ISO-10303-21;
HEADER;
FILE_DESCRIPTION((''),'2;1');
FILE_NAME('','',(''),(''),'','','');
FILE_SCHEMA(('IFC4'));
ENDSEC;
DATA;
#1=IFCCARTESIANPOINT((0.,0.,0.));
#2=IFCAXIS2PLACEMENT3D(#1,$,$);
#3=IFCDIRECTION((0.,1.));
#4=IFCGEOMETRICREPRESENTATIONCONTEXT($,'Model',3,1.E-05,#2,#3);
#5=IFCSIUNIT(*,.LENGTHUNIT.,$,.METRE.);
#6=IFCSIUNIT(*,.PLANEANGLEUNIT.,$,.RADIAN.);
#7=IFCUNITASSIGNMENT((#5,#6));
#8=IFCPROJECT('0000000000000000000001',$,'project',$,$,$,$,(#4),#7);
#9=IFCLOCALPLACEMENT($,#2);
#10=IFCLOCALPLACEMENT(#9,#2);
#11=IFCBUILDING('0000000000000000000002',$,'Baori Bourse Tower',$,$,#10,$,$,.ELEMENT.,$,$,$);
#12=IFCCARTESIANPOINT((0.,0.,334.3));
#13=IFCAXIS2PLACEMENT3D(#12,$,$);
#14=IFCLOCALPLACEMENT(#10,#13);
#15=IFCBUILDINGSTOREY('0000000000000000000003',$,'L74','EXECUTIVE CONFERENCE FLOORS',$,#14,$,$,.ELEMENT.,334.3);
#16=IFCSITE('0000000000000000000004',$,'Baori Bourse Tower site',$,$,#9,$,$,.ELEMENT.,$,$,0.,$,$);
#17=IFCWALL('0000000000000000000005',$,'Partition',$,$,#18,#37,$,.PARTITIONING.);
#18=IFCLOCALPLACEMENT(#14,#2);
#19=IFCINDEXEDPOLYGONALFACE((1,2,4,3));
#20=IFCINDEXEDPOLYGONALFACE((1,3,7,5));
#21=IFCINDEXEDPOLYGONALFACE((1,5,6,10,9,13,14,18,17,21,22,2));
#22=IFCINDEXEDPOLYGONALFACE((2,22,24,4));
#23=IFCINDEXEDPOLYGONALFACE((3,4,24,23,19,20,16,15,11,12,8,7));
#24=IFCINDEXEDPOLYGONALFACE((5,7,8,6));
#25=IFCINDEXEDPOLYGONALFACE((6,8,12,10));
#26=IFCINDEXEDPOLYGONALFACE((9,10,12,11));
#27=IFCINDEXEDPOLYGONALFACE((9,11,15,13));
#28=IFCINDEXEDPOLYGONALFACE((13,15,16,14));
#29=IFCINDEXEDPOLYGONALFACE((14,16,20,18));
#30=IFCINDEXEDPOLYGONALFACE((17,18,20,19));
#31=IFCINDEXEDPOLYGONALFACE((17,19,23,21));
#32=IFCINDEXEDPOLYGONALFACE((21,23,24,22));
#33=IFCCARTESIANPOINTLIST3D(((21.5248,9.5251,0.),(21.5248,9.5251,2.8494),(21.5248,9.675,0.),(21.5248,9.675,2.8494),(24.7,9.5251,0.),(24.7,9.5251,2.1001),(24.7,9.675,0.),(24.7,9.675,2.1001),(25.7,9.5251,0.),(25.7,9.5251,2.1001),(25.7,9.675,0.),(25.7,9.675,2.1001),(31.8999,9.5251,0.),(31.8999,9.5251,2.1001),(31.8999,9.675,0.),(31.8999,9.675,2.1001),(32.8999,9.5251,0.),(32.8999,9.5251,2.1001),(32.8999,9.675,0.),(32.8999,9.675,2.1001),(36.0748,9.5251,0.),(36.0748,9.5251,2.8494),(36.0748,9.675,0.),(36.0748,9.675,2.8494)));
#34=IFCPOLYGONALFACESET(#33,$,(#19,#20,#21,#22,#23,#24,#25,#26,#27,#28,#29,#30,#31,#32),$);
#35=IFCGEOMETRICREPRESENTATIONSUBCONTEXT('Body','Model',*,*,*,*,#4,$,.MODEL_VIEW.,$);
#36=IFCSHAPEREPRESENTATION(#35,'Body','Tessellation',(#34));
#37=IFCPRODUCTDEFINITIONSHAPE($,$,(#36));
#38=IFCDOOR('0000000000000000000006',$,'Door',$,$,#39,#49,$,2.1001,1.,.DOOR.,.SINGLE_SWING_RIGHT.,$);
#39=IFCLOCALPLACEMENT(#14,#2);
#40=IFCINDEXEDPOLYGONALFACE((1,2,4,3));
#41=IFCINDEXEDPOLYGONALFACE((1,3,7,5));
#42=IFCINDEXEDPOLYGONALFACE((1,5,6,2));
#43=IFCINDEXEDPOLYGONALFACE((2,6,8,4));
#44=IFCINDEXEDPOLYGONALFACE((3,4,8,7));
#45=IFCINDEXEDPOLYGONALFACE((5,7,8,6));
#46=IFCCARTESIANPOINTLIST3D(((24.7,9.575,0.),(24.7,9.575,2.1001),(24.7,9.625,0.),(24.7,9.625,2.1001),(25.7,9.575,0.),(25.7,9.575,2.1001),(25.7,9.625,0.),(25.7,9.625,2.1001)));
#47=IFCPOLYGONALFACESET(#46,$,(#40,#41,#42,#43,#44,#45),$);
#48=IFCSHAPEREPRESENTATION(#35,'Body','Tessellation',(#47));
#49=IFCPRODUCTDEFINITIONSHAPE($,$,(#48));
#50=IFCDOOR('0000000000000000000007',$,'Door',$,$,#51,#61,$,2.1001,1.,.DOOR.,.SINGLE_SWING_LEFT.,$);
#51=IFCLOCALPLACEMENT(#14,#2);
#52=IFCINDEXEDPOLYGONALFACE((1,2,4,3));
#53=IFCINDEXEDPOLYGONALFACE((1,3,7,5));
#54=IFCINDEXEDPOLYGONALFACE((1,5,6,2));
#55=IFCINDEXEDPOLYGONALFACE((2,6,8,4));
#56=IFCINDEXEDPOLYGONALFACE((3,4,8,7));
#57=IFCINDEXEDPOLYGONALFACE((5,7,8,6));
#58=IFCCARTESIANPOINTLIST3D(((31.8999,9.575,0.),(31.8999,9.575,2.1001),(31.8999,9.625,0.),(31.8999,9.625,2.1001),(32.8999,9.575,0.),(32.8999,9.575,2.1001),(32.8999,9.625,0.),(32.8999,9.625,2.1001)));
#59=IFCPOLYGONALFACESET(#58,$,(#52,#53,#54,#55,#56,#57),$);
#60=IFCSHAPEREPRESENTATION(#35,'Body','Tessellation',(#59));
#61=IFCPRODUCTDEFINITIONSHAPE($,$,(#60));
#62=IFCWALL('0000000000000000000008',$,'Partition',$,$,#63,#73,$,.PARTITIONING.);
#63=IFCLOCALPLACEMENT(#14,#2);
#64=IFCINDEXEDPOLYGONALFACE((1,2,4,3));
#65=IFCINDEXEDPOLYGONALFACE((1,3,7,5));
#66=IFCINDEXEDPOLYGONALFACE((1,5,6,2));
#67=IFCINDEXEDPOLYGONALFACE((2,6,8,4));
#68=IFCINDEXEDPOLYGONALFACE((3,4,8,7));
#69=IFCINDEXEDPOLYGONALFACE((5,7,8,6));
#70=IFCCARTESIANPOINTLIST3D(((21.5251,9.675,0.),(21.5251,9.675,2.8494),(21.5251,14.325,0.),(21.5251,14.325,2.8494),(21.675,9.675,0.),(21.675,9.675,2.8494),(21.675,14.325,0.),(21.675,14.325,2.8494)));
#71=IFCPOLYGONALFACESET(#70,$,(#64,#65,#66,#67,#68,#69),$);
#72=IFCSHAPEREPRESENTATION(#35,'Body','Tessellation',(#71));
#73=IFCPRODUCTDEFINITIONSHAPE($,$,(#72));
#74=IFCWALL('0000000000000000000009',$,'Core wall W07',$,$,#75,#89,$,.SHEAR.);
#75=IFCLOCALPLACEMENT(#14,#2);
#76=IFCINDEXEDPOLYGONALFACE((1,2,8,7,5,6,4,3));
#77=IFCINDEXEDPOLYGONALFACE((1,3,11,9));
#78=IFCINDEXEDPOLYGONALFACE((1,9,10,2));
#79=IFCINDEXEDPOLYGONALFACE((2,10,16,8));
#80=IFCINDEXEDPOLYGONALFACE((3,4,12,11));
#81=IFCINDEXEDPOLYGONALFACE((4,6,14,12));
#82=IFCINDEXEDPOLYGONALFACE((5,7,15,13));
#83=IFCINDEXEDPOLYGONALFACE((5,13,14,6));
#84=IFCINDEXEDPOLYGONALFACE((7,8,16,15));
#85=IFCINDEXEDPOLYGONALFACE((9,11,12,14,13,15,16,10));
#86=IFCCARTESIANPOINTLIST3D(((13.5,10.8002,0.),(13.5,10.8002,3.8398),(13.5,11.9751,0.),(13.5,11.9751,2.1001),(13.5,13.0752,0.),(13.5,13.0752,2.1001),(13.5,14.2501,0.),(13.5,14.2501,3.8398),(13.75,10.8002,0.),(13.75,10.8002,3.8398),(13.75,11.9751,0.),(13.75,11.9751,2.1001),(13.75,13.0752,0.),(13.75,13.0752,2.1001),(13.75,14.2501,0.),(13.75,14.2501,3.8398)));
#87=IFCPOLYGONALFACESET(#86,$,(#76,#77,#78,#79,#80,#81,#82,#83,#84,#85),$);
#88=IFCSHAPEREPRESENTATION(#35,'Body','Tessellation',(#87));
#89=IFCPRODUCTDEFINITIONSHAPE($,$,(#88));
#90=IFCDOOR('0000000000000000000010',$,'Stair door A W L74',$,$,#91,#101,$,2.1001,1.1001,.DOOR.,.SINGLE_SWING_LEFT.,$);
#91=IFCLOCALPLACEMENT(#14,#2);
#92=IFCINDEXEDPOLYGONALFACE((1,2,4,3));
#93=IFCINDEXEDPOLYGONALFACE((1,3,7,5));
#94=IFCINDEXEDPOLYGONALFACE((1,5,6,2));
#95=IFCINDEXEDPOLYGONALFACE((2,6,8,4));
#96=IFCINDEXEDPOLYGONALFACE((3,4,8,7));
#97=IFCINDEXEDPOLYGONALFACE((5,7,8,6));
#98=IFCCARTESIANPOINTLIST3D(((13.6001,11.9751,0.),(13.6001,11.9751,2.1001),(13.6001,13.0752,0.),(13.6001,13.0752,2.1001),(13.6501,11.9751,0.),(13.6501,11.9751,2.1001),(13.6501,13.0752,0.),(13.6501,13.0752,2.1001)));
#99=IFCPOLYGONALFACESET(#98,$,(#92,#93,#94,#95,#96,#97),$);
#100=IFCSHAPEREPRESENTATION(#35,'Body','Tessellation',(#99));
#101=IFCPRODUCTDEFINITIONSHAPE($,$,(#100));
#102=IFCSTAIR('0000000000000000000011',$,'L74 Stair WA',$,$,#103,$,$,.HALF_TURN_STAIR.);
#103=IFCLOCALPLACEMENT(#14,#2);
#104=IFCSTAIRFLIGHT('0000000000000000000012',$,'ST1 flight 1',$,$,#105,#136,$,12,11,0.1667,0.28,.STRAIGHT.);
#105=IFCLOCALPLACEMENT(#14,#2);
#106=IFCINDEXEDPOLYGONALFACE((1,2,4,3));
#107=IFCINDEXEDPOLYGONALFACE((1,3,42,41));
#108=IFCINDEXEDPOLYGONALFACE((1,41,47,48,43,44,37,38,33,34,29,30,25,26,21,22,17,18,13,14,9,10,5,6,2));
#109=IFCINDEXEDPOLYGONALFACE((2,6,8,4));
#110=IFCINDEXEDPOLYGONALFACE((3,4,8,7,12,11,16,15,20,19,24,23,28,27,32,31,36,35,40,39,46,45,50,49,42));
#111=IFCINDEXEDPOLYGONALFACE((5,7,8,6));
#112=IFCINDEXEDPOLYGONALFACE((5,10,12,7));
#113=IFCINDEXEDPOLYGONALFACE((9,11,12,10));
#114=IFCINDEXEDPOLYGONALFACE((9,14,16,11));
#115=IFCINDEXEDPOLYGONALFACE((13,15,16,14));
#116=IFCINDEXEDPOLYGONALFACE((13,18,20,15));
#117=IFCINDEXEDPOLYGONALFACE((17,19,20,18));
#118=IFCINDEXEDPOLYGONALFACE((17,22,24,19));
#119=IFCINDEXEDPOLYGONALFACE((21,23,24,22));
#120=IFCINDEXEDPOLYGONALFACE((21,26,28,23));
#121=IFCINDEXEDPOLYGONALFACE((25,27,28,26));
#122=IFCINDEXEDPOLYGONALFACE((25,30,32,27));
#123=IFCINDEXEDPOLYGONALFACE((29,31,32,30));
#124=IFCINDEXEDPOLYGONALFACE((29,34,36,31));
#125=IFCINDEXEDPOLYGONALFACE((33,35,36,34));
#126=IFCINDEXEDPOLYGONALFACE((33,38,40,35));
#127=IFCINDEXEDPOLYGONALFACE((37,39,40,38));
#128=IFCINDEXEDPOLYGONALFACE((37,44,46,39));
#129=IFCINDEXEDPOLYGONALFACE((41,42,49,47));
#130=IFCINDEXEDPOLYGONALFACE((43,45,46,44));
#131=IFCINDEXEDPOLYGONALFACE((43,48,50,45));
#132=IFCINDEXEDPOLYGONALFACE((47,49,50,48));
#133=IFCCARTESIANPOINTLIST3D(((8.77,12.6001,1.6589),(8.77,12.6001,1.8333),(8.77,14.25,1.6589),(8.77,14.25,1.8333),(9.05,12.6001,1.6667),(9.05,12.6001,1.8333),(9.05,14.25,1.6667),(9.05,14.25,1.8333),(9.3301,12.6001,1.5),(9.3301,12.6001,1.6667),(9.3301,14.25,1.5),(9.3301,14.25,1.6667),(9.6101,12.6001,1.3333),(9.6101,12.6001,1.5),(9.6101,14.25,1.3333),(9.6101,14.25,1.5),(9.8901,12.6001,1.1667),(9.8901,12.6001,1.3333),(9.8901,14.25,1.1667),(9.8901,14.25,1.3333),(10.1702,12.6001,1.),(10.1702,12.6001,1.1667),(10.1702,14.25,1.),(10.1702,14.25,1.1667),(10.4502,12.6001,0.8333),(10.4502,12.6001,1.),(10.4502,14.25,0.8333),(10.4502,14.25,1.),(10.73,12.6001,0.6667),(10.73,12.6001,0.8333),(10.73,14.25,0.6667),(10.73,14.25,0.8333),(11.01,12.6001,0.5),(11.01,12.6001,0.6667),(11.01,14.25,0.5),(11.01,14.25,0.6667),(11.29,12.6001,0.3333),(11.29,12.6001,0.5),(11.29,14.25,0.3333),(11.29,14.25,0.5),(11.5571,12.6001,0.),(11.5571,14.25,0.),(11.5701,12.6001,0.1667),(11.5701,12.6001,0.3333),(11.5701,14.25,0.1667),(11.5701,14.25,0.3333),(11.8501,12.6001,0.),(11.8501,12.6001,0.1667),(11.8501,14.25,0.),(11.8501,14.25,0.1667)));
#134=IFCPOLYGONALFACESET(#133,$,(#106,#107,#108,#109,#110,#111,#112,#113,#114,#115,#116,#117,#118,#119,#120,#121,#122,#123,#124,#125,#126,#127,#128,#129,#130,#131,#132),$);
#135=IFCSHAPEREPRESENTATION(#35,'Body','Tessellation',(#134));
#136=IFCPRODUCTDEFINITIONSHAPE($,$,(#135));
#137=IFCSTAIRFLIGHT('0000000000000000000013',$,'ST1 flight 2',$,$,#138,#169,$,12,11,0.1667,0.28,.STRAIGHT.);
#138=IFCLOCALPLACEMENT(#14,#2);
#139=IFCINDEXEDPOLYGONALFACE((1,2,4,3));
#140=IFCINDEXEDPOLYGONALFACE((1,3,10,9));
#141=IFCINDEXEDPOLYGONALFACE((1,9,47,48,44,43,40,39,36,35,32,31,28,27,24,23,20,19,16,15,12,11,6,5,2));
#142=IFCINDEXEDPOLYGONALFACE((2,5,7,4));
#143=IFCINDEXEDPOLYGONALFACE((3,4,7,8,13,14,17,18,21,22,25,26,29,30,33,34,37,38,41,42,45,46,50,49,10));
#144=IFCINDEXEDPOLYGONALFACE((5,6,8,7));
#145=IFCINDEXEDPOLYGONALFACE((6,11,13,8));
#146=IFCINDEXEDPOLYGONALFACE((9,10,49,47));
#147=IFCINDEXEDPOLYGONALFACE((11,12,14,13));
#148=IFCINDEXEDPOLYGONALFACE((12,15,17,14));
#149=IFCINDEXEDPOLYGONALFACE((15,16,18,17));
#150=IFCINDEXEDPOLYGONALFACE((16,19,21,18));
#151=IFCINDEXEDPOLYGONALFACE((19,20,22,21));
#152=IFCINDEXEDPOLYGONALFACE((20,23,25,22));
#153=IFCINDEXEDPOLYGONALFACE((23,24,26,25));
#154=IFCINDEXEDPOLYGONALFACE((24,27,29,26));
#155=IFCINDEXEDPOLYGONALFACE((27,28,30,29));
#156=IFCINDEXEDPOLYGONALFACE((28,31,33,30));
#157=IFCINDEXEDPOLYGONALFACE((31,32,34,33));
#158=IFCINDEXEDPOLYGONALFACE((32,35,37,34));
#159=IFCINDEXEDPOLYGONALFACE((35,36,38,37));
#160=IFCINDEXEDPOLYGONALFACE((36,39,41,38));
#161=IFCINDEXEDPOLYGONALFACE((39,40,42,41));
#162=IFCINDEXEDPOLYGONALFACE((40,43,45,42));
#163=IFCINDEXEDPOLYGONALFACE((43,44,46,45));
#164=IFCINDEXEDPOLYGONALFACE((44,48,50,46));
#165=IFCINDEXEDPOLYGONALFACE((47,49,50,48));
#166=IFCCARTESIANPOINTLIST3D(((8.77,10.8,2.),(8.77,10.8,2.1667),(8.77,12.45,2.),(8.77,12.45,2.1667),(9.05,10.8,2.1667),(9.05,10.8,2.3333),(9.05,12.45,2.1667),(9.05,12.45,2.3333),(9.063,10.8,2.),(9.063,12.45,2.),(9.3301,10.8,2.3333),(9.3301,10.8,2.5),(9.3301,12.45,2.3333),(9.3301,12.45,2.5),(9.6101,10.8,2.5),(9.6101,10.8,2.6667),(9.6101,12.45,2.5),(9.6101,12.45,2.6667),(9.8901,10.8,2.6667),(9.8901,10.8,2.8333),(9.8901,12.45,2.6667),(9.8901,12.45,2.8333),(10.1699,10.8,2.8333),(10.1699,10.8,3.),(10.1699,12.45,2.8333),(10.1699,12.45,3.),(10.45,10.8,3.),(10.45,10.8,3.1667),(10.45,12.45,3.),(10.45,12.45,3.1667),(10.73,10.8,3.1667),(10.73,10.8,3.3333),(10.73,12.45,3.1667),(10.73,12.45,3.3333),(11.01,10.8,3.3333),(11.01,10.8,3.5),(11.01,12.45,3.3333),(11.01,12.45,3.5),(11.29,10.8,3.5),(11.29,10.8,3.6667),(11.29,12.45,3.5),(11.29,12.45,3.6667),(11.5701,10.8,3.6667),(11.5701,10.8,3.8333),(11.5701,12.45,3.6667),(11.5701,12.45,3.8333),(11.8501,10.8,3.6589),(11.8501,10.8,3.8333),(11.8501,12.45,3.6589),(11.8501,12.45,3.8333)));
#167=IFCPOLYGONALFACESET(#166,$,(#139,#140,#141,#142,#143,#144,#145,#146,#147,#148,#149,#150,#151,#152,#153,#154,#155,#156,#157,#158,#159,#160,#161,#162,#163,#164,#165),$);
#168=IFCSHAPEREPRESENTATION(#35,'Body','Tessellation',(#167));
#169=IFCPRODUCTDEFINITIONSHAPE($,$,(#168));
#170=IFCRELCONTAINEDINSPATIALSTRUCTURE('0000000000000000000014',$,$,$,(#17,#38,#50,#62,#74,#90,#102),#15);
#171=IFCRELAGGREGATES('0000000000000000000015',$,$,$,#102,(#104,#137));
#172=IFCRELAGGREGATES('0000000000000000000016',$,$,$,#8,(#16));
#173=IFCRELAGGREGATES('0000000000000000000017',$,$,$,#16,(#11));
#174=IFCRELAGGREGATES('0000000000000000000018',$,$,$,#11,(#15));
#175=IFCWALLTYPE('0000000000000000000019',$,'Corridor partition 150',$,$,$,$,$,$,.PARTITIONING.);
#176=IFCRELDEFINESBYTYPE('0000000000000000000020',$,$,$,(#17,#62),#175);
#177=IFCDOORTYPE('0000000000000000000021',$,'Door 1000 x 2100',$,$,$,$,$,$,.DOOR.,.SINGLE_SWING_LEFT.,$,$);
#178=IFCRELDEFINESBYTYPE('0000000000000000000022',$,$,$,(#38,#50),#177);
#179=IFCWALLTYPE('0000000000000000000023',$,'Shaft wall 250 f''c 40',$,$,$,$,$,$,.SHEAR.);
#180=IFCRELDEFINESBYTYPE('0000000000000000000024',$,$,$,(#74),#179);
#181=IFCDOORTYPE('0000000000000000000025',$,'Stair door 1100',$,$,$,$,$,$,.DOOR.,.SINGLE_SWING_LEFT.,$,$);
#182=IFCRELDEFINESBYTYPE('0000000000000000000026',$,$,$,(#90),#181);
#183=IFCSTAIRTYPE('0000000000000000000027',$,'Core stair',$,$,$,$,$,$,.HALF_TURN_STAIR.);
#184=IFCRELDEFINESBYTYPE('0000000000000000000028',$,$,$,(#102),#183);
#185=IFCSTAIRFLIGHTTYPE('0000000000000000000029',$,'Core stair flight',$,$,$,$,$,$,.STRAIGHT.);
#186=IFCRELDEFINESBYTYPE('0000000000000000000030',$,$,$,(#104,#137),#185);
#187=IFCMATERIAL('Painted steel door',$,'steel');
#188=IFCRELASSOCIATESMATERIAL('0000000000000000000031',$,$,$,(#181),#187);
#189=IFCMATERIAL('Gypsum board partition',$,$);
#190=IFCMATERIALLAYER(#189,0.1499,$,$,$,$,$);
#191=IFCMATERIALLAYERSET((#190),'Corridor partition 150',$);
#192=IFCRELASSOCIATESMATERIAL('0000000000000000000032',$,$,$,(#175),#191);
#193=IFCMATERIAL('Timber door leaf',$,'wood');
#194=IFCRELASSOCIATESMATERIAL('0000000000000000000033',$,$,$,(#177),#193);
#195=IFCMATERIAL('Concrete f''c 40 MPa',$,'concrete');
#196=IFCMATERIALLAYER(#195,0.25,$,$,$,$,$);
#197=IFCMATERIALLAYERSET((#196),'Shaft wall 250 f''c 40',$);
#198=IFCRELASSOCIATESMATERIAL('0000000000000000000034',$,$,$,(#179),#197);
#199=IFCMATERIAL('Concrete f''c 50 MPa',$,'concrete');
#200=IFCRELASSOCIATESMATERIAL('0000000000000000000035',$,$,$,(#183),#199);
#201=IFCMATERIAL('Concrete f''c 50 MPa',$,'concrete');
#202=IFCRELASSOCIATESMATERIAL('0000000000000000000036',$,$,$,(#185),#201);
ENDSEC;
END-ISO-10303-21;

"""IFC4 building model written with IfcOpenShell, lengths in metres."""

from ifc_helpers import new_model, si_unit, direction, frame, frame_2d, origin, place, context, subcontext, project, spatial, polyline, rectangle, outline, extrude, material, layer, layer_set, type_object, element, fill, aggregate, save


model = new_model("IFC4")

# Units and contexts
model_context = context("Model", 3, precision=1e-05, world=origin(), true_north=direction((0.0, 1.0)))
body_context = subcontext(model_context, "Body", "Model", "MODEL_VIEW")
ifc_project = project(units=[si_unit("LENGTHUNIT", "METRE"), si_unit("PLANEANGLEUNIT", "RADIAN")], contexts=[model_context])

# Site, building, storey
site_placement = place(None, origin())
site = spatial("IfcSite", under=ifc_project, at=site_placement, Name="Baori Bourse Tower site", CompositionType="ELEMENT", RefElevation=0.0)
building_placement = place(site_placement, origin())
building = spatial("IfcBuilding", under=site, at=building_placement, Name="Baori Bourse Tower", CompositionType="ELEMENT")
storey_placement = place(building_placement, frame((0.0, 0.0, 334.3)))
storey = spatial("IfcBuildingStorey", under=building, at=storey_placement, Name="L74", Description="EXECUTIVE CONFERENCE FLOORS", CompositionType="ELEMENT", Elevation=334.3)

# Shared definitions
ifc_material_1 = material(Name="Painted steel door", Category="steel")
door_type_1 = type_object("IfcDoorType", Name="Stair door 1100", OperationType="SINGLE_SWING_LEFT", PredefinedType="DOOR", material=ifc_material_1)

# Wall, openings, doors
ifc_material_2 = material(Name="Gypsum board partition")
ifc_layer_1 = layer(ifc_material_2, 0.1499)
ifc_layer_set_1 = layer_set([ifc_layer_1], Name="Corridor partition 150")
wall_type_1 = type_object("IfcWallType", Name="Corridor partition 150", PredefinedType="PARTITIONING", material=ifc_layer_set_1)
ifc_material_3 = material(Name="Timber door leaf", Category="wood")
door_type_2 = type_object("IfcDoorType", Name="Door 1000 x 2100", OperationType="SINGLE_SWING_LEFT", PredefinedType="DOOR", material=ifc_material_3)
wall_1_placement = place(storey_placement, frame((21.5249, 9.6001, 0.0), z_axis=(0.0, 0.0, 1.0), x_axis=(1.0, 0.0, 0.0)))
wall_1 = element("IfcWall", 1, at=wall_1_placement, inside=storey, type_object=wall_type_1, Name="Partition", PredefinedType="PARTITIONING", context=body_context, shape_type="SweptSolid", body=[
    extrude(rectangle(XDim=14.55, YDim=0.1499, at=frame_2d((7.2749, 0.0))), origin(), (0.0, 0.0, 1.0), 2.8494),
])
opening_1_placement = place(wall_1_placement, frame((3.175, 0.0, 0.0)))
opening_1 = element("IfcOpeningElement", 2, at=opening_1_placement, cuts=wall_1, PredefinedType="OPENING", context=body_context, shape_type="SweptSolid", body=[
    extrude(rectangle(XDim=1.0, YDim=2.1001, at=frame_2d((0.5, 1.05))), frame((0.0, 0.085, 0.0), z_axis=(0.0, -1.0, 0.0), x_axis=(1.0, 0.0, 0.0)), (0.0, 0.0, 1.0), 0.1699),
])
opening_2_placement = place(wall_1_placement, frame((10.375, 0.0, 0.0)))
opening_2 = element("IfcOpeningElement", 3, at=opening_2_placement, cuts=wall_1, PredefinedType="OPENING", context=body_context, shape_type="SweptSolid", body=[
    extrude(rectangle(XDim=1.0, YDim=2.1001, at=frame_2d((0.5, 1.05))), frame((0.0, 0.085, 0.0), z_axis=(0.0, -1.0, 0.0), x_axis=(1.0, 0.0, 0.0)), (0.0, 0.0, 1.0), 0.1699),
])
door_1_placement = place(opening_1_placement, origin())
door_1 = element("IfcDoor", 4, at=door_1_placement, inside=storey, type_object=door_type_2, Name="Door", OperationType="SINGLE_SWING_RIGHT", OverallHeight=2.1001, OverallWidth=1.0, PredefinedType="DOOR", context=body_context, shape_type="SweptSolid", body=[
    extrude(rectangle(XDim=1.0, YDim=2.1001, at=frame_2d((0.5, 1.05))), frame((0.0, 0.0249, 0.0), z_axis=(0.0, -1.0, 0.0), x_axis=(1.0, 0.0, 0.0)), (0.0, 0.0, 1.0), 0.05),
])
fill(opening_1, door_1)
door_2_placement = place(opening_2_placement, origin())
door_2 = element("IfcDoor", 5, at=door_2_placement, inside=storey, type_object=door_type_2, Name="Door", OperationType="SINGLE_SWING_LEFT", OverallHeight=2.1001, OverallWidth=1.0, PredefinedType="DOOR", context=body_context, shape_type="SweptSolid", body=[
    extrude(rectangle(XDim=1.0, YDim=2.1001, at=frame_2d((0.5, 1.05))), frame((0.0, 0.0249, 0.0), z_axis=(0.0, -1.0, 0.0), x_axis=(1.0, 0.0, 0.0)), (0.0, 0.0, 1.0), 0.05),
])
fill(opening_2, door_2)

# Wall
wall_2_placement = place(storey_placement, frame((21.6001, 9.675, 0.0), z_axis=(0.0, 0.0, 1.0), x_axis=(0.0, 1.0, 0.0)))
element("IfcWall", 6, at=wall_2_placement, inside=storey, type_object=wall_type_1, Name="Partition", PredefinedType="PARTITIONING", context=body_context, shape_type="SweptSolid", body=[
    extrude(rectangle(XDim=4.6499, YDim=0.1499, at=frame_2d((2.325, 0.0))), origin(), (0.0, 0.0, 1.0), 2.8494),
])

# Wall, opening, door
ifc_material_4 = material(Name="Concrete f'c 40 MPa", Category="concrete")
ifc_layer_2 = layer(ifc_material_4, 0.25)
ifc_layer_set_2 = layer_set([ifc_layer_2], Name="Shaft wall 250 f'c 40")
wall_type_2 = type_object("IfcWallType", Name="Shaft wall 250 f'c 40", PredefinedType="SHEAR", material=ifc_layer_set_2)
wall_3_placement = place(storey_placement, frame((13.625, 10.8, 0.0), z_axis=(0.0, 0.0, 1.0), x_axis=(0.0, 1.0, 0.0)))
wall_3 = element("IfcWall", 7, at=wall_3_placement, inside=storey, type_object=wall_type_2, Name="Core wall W07", PredefinedType="SHEAR", context=body_context, shape_type="SweptSolid", body=[
    extrude(rectangle(XDim=3.45, YDim=0.25, at=frame_2d((1.7251, 0.0))), origin(), (0.0, 0.0, 1.0), 3.8398),
])
opening_3_placement = place(wall_3_placement, frame((1.175, 0.0, 0.0)))
opening_3 = element("IfcOpeningElement", 8, at=opening_3_placement, cuts=wall_3, PredefinedType="OPENING", context=body_context, shape_type="SweptSolid", body=[
    extrude(rectangle(XDim=1.1001, YDim=2.1001, at=frame_2d((0.55, 1.05))), frame((0.0, 0.135, 0.0), z_axis=(0.0, -1.0, 0.0), x_axis=(1.0, 0.0, 0.0)), (0.0, 0.0, 1.0), 0.27),
])
door_3_placement = place(opening_3_placement, origin())
door_3 = element("IfcDoor", 9, at=door_3_placement, inside=storey, type_object=door_type_1, Name="Stair door A W L74", OperationType="SINGLE_SWING_LEFT", OverallHeight=2.1001, OverallWidth=1.1001, PredefinedType="DOOR", context=body_context, shape_type="SweptSolid", body=[
    extrude(rectangle(XDim=1.1001, YDim=2.1001, at=frame_2d((0.55, 1.05))), frame((0.0, 0.0249, 0.0), z_axis=(0.0, -1.0, 0.0), x_axis=(1.0, 0.0, 0.0)), (0.0, 0.0, 1.0), 0.05),
])
fill(opening_3, door_3)

# Stair, stair flights
ifc_material_5 = material(Name="Concrete f'c 50 MPa", Category="concrete")
stair_type = type_object("IfcStairType", Name="Core stair", PredefinedType="HALF_TURN_STAIR", material=ifc_material_5)
stair_placement = place(storey_placement, origin())
stair = element("IfcStair", 10, at=stair_placement, inside=storey, type_object=stair_type, Name="L74 Stair WA", PredefinedType="HALF_TURN_STAIR")
ifc_material_6 = material(Name="Concrete f'c 50 MPa", Category="concrete")
stair_flight_type = type_object("IfcStairFlightType", Name="Core stair flight", PredefinedType="STRAIGHT", material=ifc_material_6)
stair_flight_1_placement = place(storey_placement, frame((11.8501, 13.425, 0.0), z_axis=(0.0, 0.0, 1.0), x_axis=(-1.0, 0.0, 0.0)))
stair_flight_1 = element("IfcStairFlight", 11, at=stair_flight_1_placement, type_object=stair_flight_type, Name="ST1 flight 1", NumberOfRisers=12, NumberOfTreads=11, PredefinedType="STRAIGHT", RiserHeight=0.1667, TreadLength=0.28, context=body_context, shape_type="SweptSolid", body=[
    extrude(outline(polyline([(0.0, 0.0), (0.0, 0.1667), (0.28, 0.1667), (0.28, 0.3333), (0.5601, 0.3333), (0.5601, 0.5), (0.8401, 0.5), (0.8401, 0.6667), (1.1201, 0.6667), (1.1201, 0.8333), (1.3999, 0.8333), (1.3999, 1.0), (1.6799, 1.0), (1.6799, 1.1667), (1.96, 1.1667), (1.96, 1.3333), (2.24, 1.3333), (2.24, 1.5), (2.52, 1.5), (2.52, 1.6667), (2.8, 1.6667), (2.8, 1.8333), (3.0801, 1.8333), (3.0801, 2.0), (3.0801, 1.6589), (0.293, 0.0), (0.0, 0.0)])), frame((0.0, 0.825, 0.0), z_axis=(0.0, -1.0, 0.0), x_axis=(1.0, 0.0, 0.0)), (0.0, 0.0, 1.0), 1.6499),
])
stair_flight_2_placement = place(storey_placement, frame((8.77, 11.625, 2.0), z_axis=(0.0, 0.0, 1.0), x_axis=(1.0, 0.0, 0.0)))
stair_flight_2 = element("IfcStairFlight", 12, at=stair_flight_2_placement, type_object=stair_flight_type, Name="ST1 flight 2", NumberOfRisers=12, NumberOfTreads=11, PredefinedType="STRAIGHT", RiserHeight=0.1667, TreadLength=0.28, context=body_context, shape_type="SweptSolid", body=[
    extrude(outline(polyline([(0.0, 0.0), (0.0, 0.1667), (0.28, 0.1667), (0.28, 0.3333), (0.5601, 0.3333), (0.5601, 0.5), (0.8401, 0.5), (0.8401, 0.6667), (1.1201, 0.6667), (1.1201, 0.8333), (1.3999, 0.8333), (1.3999, 1.0), (1.6799, 1.0), (1.6799, 1.1667), (1.96, 1.1667), (1.96, 1.3333), (2.24, 1.3333), (2.24, 1.5), (2.52, 1.5), (2.52, 1.6667), (2.8, 1.6667), (2.8, 1.8333), (3.0801, 1.8333), (3.0801, 2.0), (3.0801, 1.6589), (0.293, 0.0), (0.0, 0.0)])), frame((0.0, 0.825, 0.0), z_axis=(0.0, -1.0, 0.0), x_axis=(1.0, 0.0, 0.0)), (0.0, 0.0, 1.0), 1.6499),
])
aggregate(stair, [stair_flight_1, stair_flight_2])

save(model, "model.ifc")
